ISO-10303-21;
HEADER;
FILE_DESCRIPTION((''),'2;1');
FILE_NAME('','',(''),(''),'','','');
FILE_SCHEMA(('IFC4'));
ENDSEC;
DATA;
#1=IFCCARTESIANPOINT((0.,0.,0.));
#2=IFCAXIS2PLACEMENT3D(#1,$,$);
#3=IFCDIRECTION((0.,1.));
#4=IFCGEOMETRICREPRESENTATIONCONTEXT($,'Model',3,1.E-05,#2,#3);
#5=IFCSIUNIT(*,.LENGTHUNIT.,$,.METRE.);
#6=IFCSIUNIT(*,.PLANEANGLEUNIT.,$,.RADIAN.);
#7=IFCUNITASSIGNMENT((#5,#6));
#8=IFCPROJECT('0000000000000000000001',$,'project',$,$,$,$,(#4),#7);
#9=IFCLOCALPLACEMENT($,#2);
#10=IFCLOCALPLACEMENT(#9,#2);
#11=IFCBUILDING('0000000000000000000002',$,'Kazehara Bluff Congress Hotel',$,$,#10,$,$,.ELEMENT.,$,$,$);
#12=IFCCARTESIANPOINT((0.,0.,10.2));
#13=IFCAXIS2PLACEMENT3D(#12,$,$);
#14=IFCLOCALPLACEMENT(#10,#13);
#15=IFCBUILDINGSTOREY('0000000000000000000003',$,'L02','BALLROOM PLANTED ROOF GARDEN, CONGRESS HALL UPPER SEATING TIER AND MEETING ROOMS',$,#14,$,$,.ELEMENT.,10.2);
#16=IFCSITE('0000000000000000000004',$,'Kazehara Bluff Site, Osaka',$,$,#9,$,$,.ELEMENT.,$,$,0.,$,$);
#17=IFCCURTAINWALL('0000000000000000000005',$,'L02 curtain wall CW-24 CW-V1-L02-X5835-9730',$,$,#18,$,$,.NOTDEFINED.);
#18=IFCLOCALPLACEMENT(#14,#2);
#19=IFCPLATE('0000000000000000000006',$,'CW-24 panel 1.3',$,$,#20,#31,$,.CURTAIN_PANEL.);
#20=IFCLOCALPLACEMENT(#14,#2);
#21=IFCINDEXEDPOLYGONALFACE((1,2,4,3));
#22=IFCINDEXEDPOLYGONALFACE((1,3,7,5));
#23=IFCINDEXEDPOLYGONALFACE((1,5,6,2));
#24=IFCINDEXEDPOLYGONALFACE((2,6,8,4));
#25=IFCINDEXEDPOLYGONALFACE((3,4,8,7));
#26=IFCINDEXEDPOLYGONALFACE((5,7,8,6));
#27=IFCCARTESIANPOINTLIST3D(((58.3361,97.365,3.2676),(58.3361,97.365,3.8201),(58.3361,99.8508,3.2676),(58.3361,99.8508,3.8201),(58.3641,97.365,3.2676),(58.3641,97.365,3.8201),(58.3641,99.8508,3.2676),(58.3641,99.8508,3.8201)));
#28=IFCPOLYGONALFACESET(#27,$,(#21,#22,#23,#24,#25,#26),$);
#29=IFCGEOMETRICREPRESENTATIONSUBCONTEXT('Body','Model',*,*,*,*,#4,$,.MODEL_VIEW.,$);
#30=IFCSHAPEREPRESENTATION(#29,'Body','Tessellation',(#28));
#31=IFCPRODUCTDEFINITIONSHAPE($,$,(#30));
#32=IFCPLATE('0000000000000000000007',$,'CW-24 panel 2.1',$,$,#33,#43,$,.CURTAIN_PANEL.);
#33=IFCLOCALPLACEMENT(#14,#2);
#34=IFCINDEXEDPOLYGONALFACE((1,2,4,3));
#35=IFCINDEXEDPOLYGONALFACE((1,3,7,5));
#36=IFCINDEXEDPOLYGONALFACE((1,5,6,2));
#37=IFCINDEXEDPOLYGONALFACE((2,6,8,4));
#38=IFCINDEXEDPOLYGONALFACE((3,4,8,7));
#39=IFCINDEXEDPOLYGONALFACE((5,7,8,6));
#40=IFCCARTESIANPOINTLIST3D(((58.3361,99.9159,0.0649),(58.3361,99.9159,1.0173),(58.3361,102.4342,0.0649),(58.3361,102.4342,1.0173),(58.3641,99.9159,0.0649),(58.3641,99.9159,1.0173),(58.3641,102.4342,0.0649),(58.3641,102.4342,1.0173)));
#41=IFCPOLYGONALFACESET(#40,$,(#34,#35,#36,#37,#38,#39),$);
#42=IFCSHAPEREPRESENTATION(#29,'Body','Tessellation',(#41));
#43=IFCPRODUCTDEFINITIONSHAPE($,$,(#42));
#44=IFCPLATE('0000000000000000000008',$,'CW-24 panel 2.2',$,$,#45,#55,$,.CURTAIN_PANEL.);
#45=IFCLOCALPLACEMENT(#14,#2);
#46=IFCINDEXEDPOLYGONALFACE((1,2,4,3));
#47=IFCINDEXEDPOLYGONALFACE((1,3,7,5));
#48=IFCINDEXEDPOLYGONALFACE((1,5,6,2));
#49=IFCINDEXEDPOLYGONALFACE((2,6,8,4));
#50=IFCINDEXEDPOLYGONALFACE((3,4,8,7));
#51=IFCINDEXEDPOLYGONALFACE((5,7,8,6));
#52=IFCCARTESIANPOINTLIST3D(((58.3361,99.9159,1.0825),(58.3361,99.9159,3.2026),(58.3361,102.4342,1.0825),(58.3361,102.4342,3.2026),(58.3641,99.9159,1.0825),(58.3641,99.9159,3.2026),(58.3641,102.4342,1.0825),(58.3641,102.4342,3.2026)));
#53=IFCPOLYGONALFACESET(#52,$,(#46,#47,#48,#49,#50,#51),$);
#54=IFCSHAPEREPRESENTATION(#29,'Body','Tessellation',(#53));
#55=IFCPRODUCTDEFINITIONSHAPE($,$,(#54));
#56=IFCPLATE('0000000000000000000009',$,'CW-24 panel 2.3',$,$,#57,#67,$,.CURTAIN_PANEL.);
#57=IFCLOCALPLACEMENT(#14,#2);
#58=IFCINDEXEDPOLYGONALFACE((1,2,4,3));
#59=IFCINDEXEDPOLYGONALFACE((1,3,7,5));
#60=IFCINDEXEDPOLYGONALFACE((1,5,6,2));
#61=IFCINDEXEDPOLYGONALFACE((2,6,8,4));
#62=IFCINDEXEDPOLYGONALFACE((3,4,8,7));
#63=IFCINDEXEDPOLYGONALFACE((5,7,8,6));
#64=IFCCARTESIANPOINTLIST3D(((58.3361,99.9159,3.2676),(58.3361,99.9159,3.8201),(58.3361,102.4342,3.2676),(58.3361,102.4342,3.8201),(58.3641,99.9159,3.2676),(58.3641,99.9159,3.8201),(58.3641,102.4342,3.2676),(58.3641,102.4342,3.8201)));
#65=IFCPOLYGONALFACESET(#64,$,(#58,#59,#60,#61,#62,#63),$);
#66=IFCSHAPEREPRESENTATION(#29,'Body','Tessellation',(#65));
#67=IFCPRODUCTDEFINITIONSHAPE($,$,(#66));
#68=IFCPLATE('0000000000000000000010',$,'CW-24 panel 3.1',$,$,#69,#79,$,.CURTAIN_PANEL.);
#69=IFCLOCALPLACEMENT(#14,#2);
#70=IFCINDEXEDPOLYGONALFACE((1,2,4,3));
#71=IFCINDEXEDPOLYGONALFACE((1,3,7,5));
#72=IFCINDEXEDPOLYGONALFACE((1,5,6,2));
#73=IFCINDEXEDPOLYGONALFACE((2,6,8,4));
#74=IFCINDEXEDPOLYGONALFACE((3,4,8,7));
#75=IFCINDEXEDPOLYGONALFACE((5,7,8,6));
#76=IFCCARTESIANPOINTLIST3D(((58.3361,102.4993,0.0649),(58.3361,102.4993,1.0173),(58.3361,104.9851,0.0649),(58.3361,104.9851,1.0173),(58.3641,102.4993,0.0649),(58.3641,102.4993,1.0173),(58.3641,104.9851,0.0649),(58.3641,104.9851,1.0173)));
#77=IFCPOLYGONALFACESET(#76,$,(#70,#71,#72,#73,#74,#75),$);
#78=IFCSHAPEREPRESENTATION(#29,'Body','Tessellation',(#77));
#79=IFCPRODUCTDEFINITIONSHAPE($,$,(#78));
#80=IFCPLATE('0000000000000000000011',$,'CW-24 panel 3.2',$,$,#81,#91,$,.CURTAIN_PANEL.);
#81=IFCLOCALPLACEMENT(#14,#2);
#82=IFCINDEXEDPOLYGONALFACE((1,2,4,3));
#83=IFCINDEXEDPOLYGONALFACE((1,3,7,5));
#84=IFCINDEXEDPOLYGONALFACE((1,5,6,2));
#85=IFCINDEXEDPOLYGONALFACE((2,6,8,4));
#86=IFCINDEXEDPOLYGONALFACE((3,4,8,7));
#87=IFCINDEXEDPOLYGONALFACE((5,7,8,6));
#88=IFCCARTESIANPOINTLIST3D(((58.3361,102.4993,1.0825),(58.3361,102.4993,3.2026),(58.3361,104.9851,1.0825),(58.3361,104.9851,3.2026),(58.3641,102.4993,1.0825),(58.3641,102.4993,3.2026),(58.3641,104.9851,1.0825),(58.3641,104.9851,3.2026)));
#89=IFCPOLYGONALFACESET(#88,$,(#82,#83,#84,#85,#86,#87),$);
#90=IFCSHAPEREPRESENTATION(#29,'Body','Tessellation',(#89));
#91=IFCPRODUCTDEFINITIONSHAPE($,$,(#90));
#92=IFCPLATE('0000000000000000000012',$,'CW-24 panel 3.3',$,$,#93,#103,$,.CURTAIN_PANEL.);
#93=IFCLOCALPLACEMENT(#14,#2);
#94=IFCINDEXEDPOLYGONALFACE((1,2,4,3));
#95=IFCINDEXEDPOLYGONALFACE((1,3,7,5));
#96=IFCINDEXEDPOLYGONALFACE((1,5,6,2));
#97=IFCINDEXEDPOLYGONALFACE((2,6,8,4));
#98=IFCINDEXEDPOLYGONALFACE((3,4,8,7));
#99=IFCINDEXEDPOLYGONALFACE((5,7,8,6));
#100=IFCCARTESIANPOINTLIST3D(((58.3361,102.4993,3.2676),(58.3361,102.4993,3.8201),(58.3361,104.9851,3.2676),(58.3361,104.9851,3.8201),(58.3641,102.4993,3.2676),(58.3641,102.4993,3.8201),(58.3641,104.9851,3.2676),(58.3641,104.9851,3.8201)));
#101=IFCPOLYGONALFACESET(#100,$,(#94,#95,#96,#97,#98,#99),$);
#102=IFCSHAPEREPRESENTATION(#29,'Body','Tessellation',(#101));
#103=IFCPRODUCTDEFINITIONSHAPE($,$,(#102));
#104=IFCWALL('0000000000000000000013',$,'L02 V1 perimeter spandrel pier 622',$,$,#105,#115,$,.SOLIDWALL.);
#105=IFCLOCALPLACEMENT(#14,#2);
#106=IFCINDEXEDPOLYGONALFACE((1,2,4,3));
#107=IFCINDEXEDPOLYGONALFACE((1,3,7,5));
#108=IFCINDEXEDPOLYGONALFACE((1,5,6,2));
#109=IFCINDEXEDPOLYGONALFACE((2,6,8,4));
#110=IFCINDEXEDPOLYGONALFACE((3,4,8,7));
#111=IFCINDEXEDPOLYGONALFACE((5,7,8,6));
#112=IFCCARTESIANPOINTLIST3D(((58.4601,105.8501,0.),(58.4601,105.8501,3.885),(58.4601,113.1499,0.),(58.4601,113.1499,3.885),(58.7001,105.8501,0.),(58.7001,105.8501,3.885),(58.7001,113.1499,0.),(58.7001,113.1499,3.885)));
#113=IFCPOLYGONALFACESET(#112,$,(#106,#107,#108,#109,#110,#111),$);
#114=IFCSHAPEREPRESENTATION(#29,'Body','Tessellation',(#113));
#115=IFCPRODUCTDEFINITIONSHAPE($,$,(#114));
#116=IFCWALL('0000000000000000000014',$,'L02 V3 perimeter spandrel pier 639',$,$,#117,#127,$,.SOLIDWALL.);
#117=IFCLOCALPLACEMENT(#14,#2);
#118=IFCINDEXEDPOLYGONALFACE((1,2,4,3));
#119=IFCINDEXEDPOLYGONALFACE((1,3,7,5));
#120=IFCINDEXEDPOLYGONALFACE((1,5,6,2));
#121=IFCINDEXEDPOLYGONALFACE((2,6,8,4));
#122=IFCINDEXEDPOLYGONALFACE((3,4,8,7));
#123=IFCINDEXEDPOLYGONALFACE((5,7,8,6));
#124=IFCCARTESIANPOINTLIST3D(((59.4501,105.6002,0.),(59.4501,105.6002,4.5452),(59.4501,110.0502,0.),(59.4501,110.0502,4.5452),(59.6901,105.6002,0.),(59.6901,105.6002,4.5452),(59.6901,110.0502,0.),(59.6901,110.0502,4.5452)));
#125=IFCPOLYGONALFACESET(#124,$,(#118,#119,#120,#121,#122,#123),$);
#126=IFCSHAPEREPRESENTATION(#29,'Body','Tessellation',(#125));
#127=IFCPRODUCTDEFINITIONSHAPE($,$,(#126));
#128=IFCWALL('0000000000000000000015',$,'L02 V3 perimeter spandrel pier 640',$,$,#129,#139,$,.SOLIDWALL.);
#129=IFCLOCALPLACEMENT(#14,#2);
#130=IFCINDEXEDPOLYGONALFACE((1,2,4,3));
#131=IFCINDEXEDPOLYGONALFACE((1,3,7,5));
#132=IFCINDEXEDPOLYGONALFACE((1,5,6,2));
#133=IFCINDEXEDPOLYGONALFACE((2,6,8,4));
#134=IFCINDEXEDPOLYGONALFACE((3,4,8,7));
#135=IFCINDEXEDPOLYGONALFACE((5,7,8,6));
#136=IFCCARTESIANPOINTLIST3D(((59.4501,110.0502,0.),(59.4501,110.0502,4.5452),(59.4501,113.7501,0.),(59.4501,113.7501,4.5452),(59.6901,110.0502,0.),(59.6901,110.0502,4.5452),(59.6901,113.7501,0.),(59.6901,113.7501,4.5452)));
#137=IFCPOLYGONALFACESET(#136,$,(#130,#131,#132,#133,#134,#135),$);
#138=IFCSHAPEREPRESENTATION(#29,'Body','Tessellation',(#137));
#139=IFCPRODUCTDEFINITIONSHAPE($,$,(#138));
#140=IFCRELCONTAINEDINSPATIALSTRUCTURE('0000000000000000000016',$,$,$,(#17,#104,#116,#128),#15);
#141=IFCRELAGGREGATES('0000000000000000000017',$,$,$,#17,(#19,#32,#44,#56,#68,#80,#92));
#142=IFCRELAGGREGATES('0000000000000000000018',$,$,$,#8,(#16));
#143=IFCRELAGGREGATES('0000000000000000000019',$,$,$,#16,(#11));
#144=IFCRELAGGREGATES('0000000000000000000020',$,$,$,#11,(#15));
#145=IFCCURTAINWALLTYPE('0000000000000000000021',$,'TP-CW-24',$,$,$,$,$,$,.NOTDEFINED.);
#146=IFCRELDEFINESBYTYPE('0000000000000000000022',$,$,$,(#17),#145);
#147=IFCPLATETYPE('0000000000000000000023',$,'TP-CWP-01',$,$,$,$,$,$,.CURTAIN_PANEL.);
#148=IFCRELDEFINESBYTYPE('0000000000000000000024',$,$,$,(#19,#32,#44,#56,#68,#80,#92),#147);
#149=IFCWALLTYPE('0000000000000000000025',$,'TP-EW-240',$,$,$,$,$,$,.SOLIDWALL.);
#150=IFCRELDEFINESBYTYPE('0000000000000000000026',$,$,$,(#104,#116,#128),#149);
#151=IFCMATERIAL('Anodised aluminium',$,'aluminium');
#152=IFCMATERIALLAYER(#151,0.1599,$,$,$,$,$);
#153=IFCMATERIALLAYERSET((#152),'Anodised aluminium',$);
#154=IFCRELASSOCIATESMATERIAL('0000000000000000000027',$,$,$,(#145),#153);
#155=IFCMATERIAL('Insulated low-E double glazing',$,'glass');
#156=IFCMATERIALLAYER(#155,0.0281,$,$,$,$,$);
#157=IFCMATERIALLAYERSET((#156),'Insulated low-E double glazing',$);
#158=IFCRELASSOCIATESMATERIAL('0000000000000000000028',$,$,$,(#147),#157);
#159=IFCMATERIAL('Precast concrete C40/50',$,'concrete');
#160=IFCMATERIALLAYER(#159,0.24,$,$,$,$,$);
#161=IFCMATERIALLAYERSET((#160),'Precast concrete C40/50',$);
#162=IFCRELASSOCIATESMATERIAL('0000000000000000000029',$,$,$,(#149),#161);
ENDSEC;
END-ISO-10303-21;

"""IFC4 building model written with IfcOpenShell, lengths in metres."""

from ifc_helpers import new_model, si_unit, direction, frame, frame_2d, origin, origin_2d, place, context, subcontext, project, spatial, rectangle, extrude, material, layer, layer_set, type_object, element, aggregate, save


model = new_model("IFC4")

# Units and contexts
model_context = context("Model", 3, precision=1e-05, world=origin(), true_north=direction((0.0, 1.0)))
body_context = subcontext(model_context, "Body", "Model", "MODEL_VIEW")
ifc_project = project(units=[si_unit("LENGTHUNIT", "METRE"), si_unit("PLANEANGLEUNIT", "RADIAN")], contexts=[model_context])

# Site, building, storey
site_placement = place(None, origin())
site = spatial("IfcSite", under=ifc_project, at=site_placement, Name="Kazehara Bluff Site, Osaka", CompositionType="ELEMENT", RefElevation=0.0)
building_placement = place(site_placement, origin())
building = spatial("IfcBuilding", under=site, at=building_placement, Name="Kazehara Bluff Congress Hotel", CompositionType="ELEMENT")
storey_placement = place(building_placement, frame((0.0, 0.0, 10.2)))
storey = spatial("IfcBuildingStorey", under=building, at=storey_placement, Name="L02", Description="BALLROOM PLANTED ROOF GARDEN, CONGRESS HALL UPPER SEATING TIER AND MEETING ROOMS", CompositionType="ELEMENT", Elevation=10.2)

# Curtain wall
ifc_material_1 = material(Name="Anodised aluminium", Category="aluminium")
ifc_layer_1 = layer(ifc_material_1, 0.1599)
ifc_layer_set_1 = layer_set([ifc_layer_1], Name="Anodised aluminium")
curtain_wall_type_1 = type_object("IfcCurtainWallType", Name="TP-CW-24", PredefinedType="NOTDEFINED", material=ifc_layer_set_1)
curtain_wall_1_placement = place(storey_placement, origin())
curtain_wall_1 = element("IfcCurtainWall", 1, at=curtain_wall_1_placement, inside=storey, type_object=curtain_wall_type_1, Name="L02 curtain wall CW-24 CW-V1-L02-X5835-9730", PredefinedType="NOTDEFINED")

# Plates
ifc_material_2 = material(Name="Insulated low-E double glazing", Category="glass")
ifc_layer_2 = layer(ifc_material_2, 0.0281)
ifc_layer_set_2 = layer_set([ifc_layer_2], Name="Insulated low-E double glazing")
plate_type = type_object("IfcPlateType", Name="TP-CWP-01", PredefinedType="CURTAIN_PANEL", material=ifc_layer_set_2)
plate_1_placement = place(storey_placement, frame((58.3501, 98.6079, 3.2676), z_axis=(0.0, 0.0, 1.0), x_axis=(0.0, 1.0, 0.0)))
plate_1 = element("IfcPlate", 2, at=plate_1_placement, type_object=plate_type, Name="CW-24 panel 1.3", PredefinedType="CURTAIN_PANEL", context=body_context, shape_type="SweptSolid", body=[
    extrude(rectangle(XDim=2.4858, YDim=0.0281, at=origin_2d()), origin(), (0.0, 0.0, 1.0), 0.5525),
])
plate_2_placement = place(storey_placement, frame((58.3501, 101.175, 0.0649), z_axis=(0.0, 0.0, 1.0), x_axis=(0.0, 1.0, 0.0)))
plate_2 = element("IfcPlate", 3, at=plate_2_placement, type_object=plate_type, Name="CW-24 panel 2.1", PredefinedType="CURTAIN_PANEL", context=body_context, shape_type="SweptSolid", body=[
    extrude(rectangle(XDim=2.5183, YDim=0.0281, at=origin_2d()), origin(), (0.0, 0.0, 1.0), 0.9524),
])
plate_3_placement = place(storey_placement, frame((58.3501, 101.175, 1.0825), z_axis=(0.0, 0.0, 1.0), x_axis=(0.0, 1.0, 0.0)))
plate_3 = element("IfcPlate", 4, at=plate_3_placement, type_object=plate_type, Name="CW-24 panel 2.2", PredefinedType="CURTAIN_PANEL", context=body_context, shape_type="SweptSolid", body=[
    extrude(rectangle(XDim=2.5183, YDim=0.0281, at=origin_2d()), origin(), (0.0, 0.0, 1.0), 2.1201),
])
plate_4_placement = place(storey_placement, frame((58.3501, 101.175, 3.2676), z_axis=(0.0, 0.0, 1.0), x_axis=(0.0, 1.0, 0.0)))
plate_4 = element("IfcPlate", 5, at=plate_4_placement, type_object=plate_type, Name="CW-24 panel 2.3", PredefinedType="CURTAIN_PANEL", context=body_context, shape_type="SweptSolid", body=[
    extrude(rectangle(XDim=2.5183, YDim=0.0281, at=origin_2d()), origin(), (0.0, 0.0, 1.0), 0.5525),
])
plate_5_placement = place(storey_placement, frame((58.3501, 103.7422, 0.0649), z_axis=(0.0, 0.0, 1.0), x_axis=(0.0, 1.0, 0.0)))
plate_5 = element("IfcPlate", 6, at=plate_5_placement, type_object=plate_type, Name="CW-24 panel 3.1", PredefinedType="CURTAIN_PANEL", context=body_context, shape_type="SweptSolid", body=[
    extrude(rectangle(XDim=2.4858, YDim=0.0281, at=origin_2d()), origin(), (0.0, 0.0, 1.0), 0.9524),
])
plate_6_placement = place(storey_placement, frame((58.3501, 103.7422, 1.0825), z_axis=(0.0, 0.0, 1.0), x_axis=(0.0, 1.0, 0.0)))
plate_6 = element("IfcPlate", 7, at=plate_6_placement, type_object=plate_type, Name="CW-24 panel 3.2", PredefinedType="CURTAIN_PANEL", context=body_context, shape_type="SweptSolid", body=[
    extrude(rectangle(XDim=2.4858, YDim=0.0281, at=origin_2d()), origin(), (0.0, 0.0, 1.0), 2.1201),
])
plate_7_placement = place(storey_placement, frame((58.3501, 103.7422, 3.2676), z_axis=(0.0, 0.0, 1.0), x_axis=(0.0, 1.0, 0.0)))
plate_7 = element("IfcPlate", 8, at=plate_7_placement, type_object=plate_type, Name="CW-24 panel 3.3", PredefinedType="CURTAIN_PANEL", context=body_context, shape_type="SweptSolid", body=[
    extrude(rectangle(XDim=2.4858, YDim=0.0281, at=origin_2d()), origin(), (0.0, 0.0, 1.0), 0.5525),
])
aggregate(curtain_wall_1, [plate_1, plate_2, plate_3, plate_4, plate_5, plate_6, plate_7])

# Walls
ifc_material_3 = material(Name="Precast concrete C40/50", Category="concrete")
ifc_layer_3 = layer(ifc_material_3, 0.24)
ifc_layer_set_3 = layer_set([ifc_layer_3], Name="Precast concrete C40/50")
wall_type = type_object("IfcWallType", Name="TP-EW-240", PredefinedType="SOLIDWALL", material=ifc_layer_set_3)
wall_1_placement = place(storey_placement, frame((58.5801, 113.1499, 0.0), z_axis=(0.0, 0.0, 1.0), x_axis=(0.0, -1.0, 0.0)))
element("IfcWall", 9, at=wall_1_placement, inside=storey, type_object=wall_type, Name="L02 V1 perimeter spandrel pier 622", PredefinedType="SOLIDWALL", context=body_context, shape_type="SweptSolid", body=[
    extrude(rectangle(XDim=7.2998, YDim=0.24, at=frame_2d((3.6499, 0.0))), origin(), (0.0, 0.0, 1.0), 3.885),
])
wall_2_placement = place(storey_placement, frame((59.5701, 105.6001, 0.0), z_axis=(0.0, 0.0, 1.0), x_axis=(0.0, 1.0, 0.0)))
element("IfcWall", 10, at=wall_2_placement, inside=storey, type_object=wall_type, Name="L02 V3 perimeter spandrel pier 639", PredefinedType="SOLIDWALL", context=body_context, shape_type="SweptSolid", body=[
    extrude(rectangle(XDim=4.45, YDim=0.24, at=frame_2d((2.2251, 0.0))), origin(), (0.0, 0.0, 1.0), 4.5452),
])
wall_3_placement = place(storey_placement, frame((59.5701, 110.05, 0.0), z_axis=(0.0, 0.0, 1.0), x_axis=(0.0, 1.0, 0.0)))
element("IfcWall", 11, at=wall_3_placement, inside=storey, type_object=wall_type, Name="L02 V3 perimeter spandrel pier 640", PredefinedType="SOLIDWALL", context=body_context, shape_type="SweptSolid", body=[
    extrude(rectangle(XDim=3.7, YDim=0.24, at=frame_2d((1.8501, 0.0))), origin(), (0.0, 0.0, 1.0), 4.5452),
])

save(model, "model.ifc")
